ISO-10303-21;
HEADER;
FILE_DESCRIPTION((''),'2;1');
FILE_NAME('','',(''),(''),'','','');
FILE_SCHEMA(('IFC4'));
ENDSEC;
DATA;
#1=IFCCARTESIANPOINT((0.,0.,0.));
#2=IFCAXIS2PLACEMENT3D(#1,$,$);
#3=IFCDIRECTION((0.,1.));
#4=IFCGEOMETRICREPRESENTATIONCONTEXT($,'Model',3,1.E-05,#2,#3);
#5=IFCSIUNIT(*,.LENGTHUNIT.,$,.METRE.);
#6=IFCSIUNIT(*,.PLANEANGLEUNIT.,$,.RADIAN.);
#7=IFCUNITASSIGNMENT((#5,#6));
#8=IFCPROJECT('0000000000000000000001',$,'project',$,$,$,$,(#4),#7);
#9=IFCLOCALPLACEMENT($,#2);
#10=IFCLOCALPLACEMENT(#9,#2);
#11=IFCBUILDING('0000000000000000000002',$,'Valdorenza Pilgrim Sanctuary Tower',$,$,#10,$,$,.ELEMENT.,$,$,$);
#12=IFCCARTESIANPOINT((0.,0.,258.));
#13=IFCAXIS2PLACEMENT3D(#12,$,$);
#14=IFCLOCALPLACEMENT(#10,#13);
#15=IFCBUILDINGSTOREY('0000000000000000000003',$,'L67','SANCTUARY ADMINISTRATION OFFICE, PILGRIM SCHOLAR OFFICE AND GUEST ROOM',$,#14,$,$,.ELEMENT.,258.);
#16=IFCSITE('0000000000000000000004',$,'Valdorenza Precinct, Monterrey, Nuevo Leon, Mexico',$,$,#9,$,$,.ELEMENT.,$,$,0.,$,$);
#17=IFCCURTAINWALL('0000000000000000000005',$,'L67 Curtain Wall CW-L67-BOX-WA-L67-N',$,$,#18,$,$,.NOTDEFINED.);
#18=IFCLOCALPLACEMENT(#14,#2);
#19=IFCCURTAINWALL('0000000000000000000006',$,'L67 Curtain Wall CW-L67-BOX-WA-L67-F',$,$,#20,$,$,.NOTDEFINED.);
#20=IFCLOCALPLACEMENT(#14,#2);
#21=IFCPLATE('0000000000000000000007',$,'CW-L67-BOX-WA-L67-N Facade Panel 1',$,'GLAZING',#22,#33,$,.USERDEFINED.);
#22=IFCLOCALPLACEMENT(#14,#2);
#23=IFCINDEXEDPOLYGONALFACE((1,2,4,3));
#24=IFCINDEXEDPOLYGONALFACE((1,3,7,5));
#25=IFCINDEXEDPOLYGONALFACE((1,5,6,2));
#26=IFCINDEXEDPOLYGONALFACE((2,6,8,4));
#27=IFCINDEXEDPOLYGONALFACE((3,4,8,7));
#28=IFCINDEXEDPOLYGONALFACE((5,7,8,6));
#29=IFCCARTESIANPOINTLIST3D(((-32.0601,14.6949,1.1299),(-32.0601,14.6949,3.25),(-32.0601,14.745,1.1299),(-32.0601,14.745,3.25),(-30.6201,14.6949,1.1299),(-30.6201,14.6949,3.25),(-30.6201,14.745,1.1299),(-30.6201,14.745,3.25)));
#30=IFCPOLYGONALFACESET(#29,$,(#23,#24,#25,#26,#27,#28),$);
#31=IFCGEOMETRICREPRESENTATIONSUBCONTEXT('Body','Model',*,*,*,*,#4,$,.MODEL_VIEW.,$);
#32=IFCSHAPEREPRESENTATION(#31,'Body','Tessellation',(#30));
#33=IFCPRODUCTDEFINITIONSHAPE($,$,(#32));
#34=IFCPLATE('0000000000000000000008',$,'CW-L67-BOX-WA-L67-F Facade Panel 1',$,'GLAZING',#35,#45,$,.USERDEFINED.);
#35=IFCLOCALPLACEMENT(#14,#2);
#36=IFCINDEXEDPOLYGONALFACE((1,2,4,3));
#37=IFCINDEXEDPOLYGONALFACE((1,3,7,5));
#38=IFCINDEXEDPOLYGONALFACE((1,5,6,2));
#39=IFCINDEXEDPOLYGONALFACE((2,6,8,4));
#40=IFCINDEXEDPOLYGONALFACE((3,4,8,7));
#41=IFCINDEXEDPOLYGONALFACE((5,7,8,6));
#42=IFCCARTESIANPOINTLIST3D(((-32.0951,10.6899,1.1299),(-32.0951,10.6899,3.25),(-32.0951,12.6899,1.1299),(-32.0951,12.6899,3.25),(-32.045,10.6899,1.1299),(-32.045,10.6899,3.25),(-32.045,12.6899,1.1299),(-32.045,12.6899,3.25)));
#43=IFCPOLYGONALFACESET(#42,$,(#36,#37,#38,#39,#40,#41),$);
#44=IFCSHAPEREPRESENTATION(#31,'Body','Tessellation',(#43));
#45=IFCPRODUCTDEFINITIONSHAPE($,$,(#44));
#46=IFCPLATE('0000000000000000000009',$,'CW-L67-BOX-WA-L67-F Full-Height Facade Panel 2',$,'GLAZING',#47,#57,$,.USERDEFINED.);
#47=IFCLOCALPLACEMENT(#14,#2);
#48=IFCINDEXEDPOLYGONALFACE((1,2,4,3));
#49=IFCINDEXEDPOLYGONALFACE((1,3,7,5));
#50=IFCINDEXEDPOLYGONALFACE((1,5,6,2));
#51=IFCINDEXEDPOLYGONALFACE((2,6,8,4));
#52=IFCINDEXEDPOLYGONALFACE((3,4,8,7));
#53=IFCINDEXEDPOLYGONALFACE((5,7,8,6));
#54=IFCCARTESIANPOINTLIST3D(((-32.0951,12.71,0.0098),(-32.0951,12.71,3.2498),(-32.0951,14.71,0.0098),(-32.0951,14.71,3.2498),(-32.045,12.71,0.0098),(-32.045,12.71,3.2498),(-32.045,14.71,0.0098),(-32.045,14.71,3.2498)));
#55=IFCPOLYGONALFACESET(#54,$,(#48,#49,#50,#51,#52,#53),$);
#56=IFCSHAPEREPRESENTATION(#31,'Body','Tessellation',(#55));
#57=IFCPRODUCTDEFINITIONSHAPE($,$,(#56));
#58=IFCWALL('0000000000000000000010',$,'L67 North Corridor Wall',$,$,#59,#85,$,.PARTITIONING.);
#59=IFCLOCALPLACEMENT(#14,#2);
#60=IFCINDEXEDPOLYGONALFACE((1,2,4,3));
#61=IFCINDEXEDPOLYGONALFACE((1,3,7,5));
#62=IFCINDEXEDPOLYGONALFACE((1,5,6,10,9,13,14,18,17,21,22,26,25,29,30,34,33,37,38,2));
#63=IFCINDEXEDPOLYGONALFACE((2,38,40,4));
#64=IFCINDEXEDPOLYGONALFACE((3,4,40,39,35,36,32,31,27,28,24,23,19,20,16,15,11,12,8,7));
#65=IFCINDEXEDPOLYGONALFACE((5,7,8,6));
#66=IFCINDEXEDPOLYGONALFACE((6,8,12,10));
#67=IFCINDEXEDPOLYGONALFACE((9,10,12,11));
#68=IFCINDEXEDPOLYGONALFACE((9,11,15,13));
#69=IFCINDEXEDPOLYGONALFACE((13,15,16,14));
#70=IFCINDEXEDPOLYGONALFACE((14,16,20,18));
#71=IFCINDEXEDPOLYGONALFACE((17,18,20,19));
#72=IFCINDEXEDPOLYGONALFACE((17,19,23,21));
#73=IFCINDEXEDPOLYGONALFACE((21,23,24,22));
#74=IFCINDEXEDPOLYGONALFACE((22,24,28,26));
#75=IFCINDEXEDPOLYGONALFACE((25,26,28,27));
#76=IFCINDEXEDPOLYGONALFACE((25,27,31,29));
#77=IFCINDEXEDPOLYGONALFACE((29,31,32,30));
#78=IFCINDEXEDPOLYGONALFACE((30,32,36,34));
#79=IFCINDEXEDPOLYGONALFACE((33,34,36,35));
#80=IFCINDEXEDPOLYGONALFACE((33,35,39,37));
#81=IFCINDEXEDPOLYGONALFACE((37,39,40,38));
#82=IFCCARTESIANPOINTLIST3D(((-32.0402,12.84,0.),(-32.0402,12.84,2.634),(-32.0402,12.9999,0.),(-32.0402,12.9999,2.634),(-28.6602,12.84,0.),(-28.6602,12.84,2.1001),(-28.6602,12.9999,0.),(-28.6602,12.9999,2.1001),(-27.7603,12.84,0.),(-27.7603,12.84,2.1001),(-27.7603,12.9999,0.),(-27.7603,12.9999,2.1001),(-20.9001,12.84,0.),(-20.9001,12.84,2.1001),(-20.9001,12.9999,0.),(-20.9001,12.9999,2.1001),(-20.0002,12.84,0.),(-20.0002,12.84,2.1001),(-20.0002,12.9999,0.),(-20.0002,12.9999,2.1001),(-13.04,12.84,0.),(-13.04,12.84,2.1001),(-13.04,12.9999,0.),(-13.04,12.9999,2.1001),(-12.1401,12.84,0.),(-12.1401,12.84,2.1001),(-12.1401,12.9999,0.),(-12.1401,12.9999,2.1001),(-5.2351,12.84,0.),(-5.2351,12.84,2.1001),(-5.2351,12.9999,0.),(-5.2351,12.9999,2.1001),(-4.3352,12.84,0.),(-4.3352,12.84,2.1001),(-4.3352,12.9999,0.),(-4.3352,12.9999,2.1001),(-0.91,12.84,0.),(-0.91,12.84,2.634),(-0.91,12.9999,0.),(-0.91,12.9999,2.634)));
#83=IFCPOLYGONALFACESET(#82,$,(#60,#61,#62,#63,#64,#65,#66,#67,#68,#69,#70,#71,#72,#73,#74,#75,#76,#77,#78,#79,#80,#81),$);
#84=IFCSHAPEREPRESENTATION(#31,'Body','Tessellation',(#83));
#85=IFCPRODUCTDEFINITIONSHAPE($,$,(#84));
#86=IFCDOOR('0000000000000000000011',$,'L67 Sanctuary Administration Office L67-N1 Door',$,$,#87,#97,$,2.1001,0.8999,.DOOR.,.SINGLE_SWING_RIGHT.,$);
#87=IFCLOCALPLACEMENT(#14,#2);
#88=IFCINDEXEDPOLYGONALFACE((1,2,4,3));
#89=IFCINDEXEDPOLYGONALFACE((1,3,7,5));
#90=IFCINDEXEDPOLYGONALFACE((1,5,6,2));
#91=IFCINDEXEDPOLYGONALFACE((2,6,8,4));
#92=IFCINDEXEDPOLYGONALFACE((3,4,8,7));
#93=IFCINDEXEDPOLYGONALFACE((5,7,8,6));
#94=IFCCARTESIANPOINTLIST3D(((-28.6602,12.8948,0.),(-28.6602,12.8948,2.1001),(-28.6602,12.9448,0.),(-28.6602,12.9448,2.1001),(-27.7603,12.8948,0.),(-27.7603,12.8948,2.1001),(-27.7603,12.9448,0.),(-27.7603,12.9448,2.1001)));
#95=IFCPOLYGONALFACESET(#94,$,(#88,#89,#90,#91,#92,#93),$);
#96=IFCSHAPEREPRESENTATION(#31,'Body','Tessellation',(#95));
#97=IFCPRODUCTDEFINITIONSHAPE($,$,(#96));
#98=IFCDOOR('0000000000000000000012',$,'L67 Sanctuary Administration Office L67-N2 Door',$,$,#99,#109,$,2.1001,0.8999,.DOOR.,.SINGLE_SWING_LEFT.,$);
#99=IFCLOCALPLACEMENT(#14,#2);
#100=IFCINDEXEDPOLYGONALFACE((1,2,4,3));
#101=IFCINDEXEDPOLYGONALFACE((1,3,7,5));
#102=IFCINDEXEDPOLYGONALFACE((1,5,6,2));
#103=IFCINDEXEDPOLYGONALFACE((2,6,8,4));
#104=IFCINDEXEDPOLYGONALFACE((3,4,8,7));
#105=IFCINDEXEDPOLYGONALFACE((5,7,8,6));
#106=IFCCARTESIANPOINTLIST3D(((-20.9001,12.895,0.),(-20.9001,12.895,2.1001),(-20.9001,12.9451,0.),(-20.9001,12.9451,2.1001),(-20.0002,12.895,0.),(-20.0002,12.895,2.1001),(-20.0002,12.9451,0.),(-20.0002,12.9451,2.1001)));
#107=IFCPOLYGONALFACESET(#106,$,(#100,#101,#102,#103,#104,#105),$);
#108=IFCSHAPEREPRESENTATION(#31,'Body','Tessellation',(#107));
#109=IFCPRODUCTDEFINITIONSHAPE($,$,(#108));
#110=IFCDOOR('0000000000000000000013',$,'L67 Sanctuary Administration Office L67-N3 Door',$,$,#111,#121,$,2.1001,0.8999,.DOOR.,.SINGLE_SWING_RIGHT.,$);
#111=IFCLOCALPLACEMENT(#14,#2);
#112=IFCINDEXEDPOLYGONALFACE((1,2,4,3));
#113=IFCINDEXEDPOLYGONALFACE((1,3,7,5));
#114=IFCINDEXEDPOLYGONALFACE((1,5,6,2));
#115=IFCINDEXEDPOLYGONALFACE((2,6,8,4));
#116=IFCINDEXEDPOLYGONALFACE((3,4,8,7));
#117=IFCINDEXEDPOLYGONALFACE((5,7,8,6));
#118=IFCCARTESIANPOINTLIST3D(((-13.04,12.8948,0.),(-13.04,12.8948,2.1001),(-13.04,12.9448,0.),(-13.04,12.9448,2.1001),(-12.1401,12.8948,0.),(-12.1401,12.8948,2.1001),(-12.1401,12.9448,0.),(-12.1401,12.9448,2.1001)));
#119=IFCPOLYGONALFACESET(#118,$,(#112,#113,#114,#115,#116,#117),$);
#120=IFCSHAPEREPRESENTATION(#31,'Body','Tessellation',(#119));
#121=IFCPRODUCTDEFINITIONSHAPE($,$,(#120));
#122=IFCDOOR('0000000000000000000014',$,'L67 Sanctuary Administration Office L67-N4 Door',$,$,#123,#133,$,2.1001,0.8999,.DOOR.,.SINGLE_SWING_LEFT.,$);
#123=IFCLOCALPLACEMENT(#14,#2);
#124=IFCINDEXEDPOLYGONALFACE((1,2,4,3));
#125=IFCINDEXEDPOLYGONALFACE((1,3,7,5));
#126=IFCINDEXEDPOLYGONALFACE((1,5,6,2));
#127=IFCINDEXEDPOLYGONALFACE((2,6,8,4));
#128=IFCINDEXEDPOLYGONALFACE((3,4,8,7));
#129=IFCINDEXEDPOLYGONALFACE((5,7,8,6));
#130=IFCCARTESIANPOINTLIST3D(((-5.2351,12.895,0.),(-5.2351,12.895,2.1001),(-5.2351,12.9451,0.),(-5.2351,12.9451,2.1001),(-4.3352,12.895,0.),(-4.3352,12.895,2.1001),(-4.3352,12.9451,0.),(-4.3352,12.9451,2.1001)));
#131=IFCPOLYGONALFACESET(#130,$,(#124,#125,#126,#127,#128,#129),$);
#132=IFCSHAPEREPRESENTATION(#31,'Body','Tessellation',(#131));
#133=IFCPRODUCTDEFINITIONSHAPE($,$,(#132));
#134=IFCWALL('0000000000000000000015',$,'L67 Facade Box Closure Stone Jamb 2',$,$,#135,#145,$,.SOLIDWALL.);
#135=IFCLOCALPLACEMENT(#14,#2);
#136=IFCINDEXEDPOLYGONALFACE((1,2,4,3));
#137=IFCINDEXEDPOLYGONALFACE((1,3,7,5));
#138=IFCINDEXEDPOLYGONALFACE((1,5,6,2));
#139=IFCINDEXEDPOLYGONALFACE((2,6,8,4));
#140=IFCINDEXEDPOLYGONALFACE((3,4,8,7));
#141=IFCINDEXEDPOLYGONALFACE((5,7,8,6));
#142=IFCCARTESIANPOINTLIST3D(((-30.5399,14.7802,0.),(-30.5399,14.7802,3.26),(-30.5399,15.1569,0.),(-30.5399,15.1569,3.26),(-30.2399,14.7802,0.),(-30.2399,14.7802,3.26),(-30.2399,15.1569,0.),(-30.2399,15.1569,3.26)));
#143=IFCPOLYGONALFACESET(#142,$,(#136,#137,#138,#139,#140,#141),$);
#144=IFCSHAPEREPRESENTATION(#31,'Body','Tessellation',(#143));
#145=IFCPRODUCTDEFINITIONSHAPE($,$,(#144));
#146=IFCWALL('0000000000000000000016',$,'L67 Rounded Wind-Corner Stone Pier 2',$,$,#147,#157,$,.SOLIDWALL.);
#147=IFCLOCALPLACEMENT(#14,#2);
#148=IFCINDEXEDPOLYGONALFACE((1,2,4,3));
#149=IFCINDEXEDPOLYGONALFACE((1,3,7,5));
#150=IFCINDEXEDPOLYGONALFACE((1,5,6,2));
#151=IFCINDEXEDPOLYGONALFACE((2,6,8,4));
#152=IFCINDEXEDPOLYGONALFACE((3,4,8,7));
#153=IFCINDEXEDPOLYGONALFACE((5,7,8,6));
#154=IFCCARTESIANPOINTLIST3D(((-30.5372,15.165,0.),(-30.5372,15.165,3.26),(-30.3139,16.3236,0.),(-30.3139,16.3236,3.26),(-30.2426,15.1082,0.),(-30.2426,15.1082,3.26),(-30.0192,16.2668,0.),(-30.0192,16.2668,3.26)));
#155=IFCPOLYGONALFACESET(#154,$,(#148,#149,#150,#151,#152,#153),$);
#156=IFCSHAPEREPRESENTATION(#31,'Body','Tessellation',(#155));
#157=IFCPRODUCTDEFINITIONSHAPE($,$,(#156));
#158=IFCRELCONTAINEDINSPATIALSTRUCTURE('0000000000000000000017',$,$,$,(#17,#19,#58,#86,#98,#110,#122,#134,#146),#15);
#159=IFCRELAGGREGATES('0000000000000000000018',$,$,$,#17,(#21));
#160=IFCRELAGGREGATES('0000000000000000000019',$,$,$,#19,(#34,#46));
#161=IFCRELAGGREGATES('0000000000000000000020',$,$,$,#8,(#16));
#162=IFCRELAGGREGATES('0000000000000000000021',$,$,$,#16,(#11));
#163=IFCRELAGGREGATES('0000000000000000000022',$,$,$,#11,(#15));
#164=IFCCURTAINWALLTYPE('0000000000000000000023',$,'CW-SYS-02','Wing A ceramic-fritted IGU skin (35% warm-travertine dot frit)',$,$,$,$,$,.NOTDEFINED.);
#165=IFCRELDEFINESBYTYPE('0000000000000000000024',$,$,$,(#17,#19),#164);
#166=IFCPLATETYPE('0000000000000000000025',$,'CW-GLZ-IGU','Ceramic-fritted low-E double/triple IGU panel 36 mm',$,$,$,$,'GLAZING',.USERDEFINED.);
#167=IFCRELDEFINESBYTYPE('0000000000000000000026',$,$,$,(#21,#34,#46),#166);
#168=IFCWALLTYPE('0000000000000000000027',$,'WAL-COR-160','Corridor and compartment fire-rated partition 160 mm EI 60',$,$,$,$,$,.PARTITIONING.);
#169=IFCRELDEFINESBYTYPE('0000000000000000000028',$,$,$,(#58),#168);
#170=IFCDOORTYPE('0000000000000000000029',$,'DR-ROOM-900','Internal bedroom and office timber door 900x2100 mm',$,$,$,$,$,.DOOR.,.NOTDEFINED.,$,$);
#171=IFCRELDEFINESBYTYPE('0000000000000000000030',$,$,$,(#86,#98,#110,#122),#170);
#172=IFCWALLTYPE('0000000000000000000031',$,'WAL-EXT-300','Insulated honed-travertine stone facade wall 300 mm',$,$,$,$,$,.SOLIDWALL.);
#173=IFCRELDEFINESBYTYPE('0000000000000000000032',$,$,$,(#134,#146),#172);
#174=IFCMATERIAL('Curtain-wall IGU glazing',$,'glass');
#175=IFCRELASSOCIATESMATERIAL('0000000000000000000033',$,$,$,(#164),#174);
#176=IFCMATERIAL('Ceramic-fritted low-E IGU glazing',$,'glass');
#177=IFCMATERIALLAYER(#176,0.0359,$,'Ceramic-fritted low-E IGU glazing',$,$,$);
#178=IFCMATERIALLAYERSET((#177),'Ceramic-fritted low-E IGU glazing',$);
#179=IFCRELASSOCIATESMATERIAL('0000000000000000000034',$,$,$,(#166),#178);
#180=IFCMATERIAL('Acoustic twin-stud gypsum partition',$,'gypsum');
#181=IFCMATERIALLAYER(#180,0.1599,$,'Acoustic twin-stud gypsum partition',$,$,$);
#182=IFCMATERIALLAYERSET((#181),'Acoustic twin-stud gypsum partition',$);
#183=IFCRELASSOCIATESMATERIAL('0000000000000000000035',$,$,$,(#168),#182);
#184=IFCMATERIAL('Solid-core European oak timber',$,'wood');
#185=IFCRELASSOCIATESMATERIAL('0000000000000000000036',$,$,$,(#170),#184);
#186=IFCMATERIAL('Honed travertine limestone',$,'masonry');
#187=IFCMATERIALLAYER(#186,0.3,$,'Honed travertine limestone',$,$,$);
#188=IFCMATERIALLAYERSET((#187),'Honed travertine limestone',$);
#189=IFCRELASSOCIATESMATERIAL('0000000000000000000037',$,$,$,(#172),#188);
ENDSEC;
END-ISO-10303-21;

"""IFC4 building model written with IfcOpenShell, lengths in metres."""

from ifc_helpers import new_model, si_unit, direction, frame, frame_2d, origin, origin_2d, place, context, subcontext, project, spatial, rectangle, extrude, source, transform, mapped, material, layer, layer_set, type_object, element, fill, aggregate, save


model = new_model("IFC4")

# Units and contexts
model_context = context("Model", 3, precision=1e-05, world=origin(), true_north=direction((0.0, 1.0)))
body_context = subcontext(model_context, "Body", "Model", "MODEL_VIEW")
ifc_project = project(units=[si_unit("LENGTHUNIT", "METRE"), si_unit("PLANEANGLEUNIT", "RADIAN")], contexts=[model_context])

# Site, building, storey
site_placement = place(None, origin())
site = spatial("IfcSite", under=ifc_project, at=site_placement, Name="Valdorenza Precinct, Monterrey, Nuevo Leon, Mexico", CompositionType="ELEMENT", RefElevation=0.0)
building_placement = place(site_placement, origin())
building = spatial("IfcBuilding", under=site, at=building_placement, Name="Valdorenza Pilgrim Sanctuary Tower", CompositionType="ELEMENT")
storey_placement = place(building_placement, frame((0.0, 0.0, 258.0)))
storey = spatial("IfcBuildingStorey", under=building, at=storey_placement, Name="L67", Description="SANCTUARY ADMINISTRATION OFFICE, PILGRIM SCHOLAR OFFICE AND GUEST ROOM", CompositionType="ELEMENT", Elevation=258.0)

# Curtain wall
ifc_material_1 = material(Name="Curtain-wall IGU glazing", Category="glass")
curtain_wall_type = type_object("IfcCurtainWallType", Name="CW-SYS-02", Description="Wing A ceramic-fritted IGU skin (35% warm-travertine dot frit)", PredefinedType="NOTDEFINED", material=ifc_material_1)
curtain_wall_1_placement = place(storey_placement, origin())
curtain_wall_1 = element("IfcCurtainWall", 1, at=curtain_wall_1_placement, inside=storey, type_object=curtain_wall_type, Name="L67 Curtain Wall CW-L67-BOX-WA-L67-N", PredefinedType="NOTDEFINED")

# Curtain wall
curtain_wall_2_placement = place(storey_placement, origin())
curtain_wall_2 = element("IfcCurtainWall", 2, at=curtain_wall_2_placement, inside=storey, type_object=curtain_wall_type, Name="L67 Curtain Wall CW-L67-BOX-WA-L67-F", PredefinedType="NOTDEFINED")

# Plates
ifc_material_2 = material(Name="Honed travertine limestone", Category="masonry")
ifc_material_3 = material(Name="Ceramic-fritted low-E IGU glazing", Category="glass")
ifc_layer_1 = layer(ifc_material_3, 0.0359, Name="Ceramic-fritted low-E IGU glazing")
ifc_layer_set_1 = layer_set([ifc_layer_1], Name="Ceramic-fritted low-E IGU glazing")
plate_type_1 = type_object("IfcPlateType", Name="CW-GLZ-IGU", Description="Ceramic-fritted low-E double/triple IGU panel 36 mm", ElementType="GLAZING", PredefinedType="USERDEFINED", material=ifc_layer_set_1)
shared_shape_1 = source(origin(), body_context, "Body", "SweptSolid", [
    extrude(rectangle(XDim=1.4399, YDim=0.05, at=origin_2d()), origin(), (0.0, 0.0, 1.0), 2.1201),
])
plate_1_placement = place(storey_placement, frame((-31.3401, 14.72, 1.1299), z_axis=(0.0, 0.0, 1.0), x_axis=(1.0, 0.0, 0.0)))
plate_1 = element("IfcPlate", 3, at=plate_1_placement, type_object=plate_type_1, Name="CW-L67-BOX-WA-L67-N Facade Panel 1", ObjectType="GLAZING", PredefinedType="USERDEFINED", context=body_context, shape_type="MappedRepresentation", body=[
    mapped(shared_shape_1, transform((0.0, 0.0, 0.0), x_axis=(1.0, 0.0, 0.0), y_axis=(0.0, 1.0, 0.0), z_axis=(0.0, 0.0, 1.0), scale=1.0)),
])
aggregate(curtain_wall_1, [plate_1])
shared_shape_2 = source(origin(), body_context, "Body", "SweptSolid", [
    extrude(rectangle(XDim=2.0, YDim=0.05, at=origin_2d()), origin(), (0.0, 0.0, 1.0), 2.1201),
])
plate_2_placement = place(storey_placement, frame((-32.0701, 11.6899, 1.1299), z_axis=(0.0, 0.0, 1.0), x_axis=(0.0, 1.0, 0.0)))
plate_2 = element("IfcPlate", 4, at=plate_2_placement, type_object=plate_type_1, Name="CW-L67-BOX-WA-L67-F Facade Panel 1", ObjectType="GLAZING", PredefinedType="USERDEFINED", context=body_context, shape_type="MappedRepresentation", body=[
    mapped(shared_shape_2, transform((0.0, 0.0, 0.0), x_axis=(1.0, 0.0, 0.0), y_axis=(0.0, 1.0, 0.0), z_axis=(0.0, 0.0, 1.0), scale=1.0)),
])
shared_shape_3 = source(origin(), body_context, "Body", "SweptSolid", [
    extrude(rectangle(XDim=2.0, YDim=0.05, at=origin_2d()), origin(), (0.0, 0.0, 1.0), 3.24),
])
plate_3_placement = place(storey_placement, frame((-32.0701, 13.71, 0.0098), z_axis=(0.0, 0.0, 1.0), x_axis=(0.0, 1.0, 0.0)))
plate_3 = element("IfcPlate", 5, at=plate_3_placement, type_object=plate_type_1, Name="CW-L67-BOX-WA-L67-F Full-Height Facade Panel 2", ObjectType="GLAZING", PredefinedType="USERDEFINED", context=body_context, shape_type="MappedRepresentation", body=[
    mapped(shared_shape_3, transform((0.0, 0.0, 0.0), x_axis=(1.0, 0.0, 0.0), y_axis=(0.0, 1.0, 0.0), z_axis=(0.0, 0.0, 1.0), scale=1.0)),
])
aggregate(curtain_wall_2, [plate_2, plate_3])

# Wall, openings, doors
ifc_material_4 = material(Name="Acoustic twin-stud gypsum partition", Category="gypsum")
ifc_layer_2 = layer(ifc_material_4, 0.1599, Name="Acoustic twin-stud gypsum partition")
ifc_layer_set_2 = layer_set([ifc_layer_2], Name="Acoustic twin-stud gypsum partition")
wall_type_1 = type_object("IfcWallType", Name="WAL-COR-160", Description="Corridor and compartment fire-rated partition 160 mm EI 60", PredefinedType="PARTITIONING", material=ifc_layer_set_2)
wall_1_placement = place(storey_placement, frame((-32.04, 12.9199, 0.0), z_axis=(0.0, 0.0, 1.0), x_axis=(1.0, 0.0, 0.0)))
wall_1 = element("IfcWall", 6, at=wall_1_placement, inside=storey, type_object=wall_type_1, Name="L67 North Corridor Wall", PredefinedType="PARTITIONING", context=body_context, shape_type="SweptSolid", body=[
    extrude(rectangle(XDim=31.1301, YDim=0.1599, at=frame_2d((15.5649, 0.0))), origin(), (0.0, 0.0, 1.0), 2.634),
])
opening_1_placement = place(wall_1_placement, frame((3.3799, 0.0, 0.0)))
opening_1 = element("IfcOpeningElement", 7, at=opening_1_placement, cuts=wall_1, PredefinedType="OPENING", context=body_context, shape_type="SweptSolid", body=[
    extrude(rectangle(XDim=0.8999, YDim=2.1001, at=frame_2d((0.45, 1.05))), frame((0.0, 0.0947, 0.0), z_axis=(0.0, -1.0, 0.0), x_axis=(1.0, 0.0, 0.0)), (0.0, 0.0, 1.0), 0.1897),
])
opening_2_placement = place(wall_1_placement, frame((11.1399, 0.0, 0.0)))
opening_2 = element("IfcOpeningElement", 8, at=opening_2_placement, cuts=wall_1, PredefinedType="OPENING", context=body_context, shape_type="SweptSolid", body=[
    extrude(rectangle(XDim=0.8999, YDim=2.1001, at=frame_2d((0.45, 1.05))), frame((0.0, 0.0947, 0.0), z_axis=(0.0, -1.0, 0.0), x_axis=(1.0, 0.0, 0.0)), (0.0, 0.0, 1.0), 0.1897),
])
opening_3_placement = place(wall_1_placement, frame((19.0, 0.0, 0.0)))
opening_3 = element("IfcOpeningElement", 9, at=opening_3_placement, cuts=wall_1, PredefinedType="OPENING", context=body_context, shape_type="SweptSolid", body=[
    extrude(rectangle(XDim=0.8999, YDim=2.1001, at=frame_2d((0.45, 1.05))), frame((0.0, 0.0947, 0.0), z_axis=(0.0, -1.0, 0.0), x_axis=(1.0, 0.0, 0.0)), (0.0, 0.0, 1.0), 0.1897),
])
opening_4_placement = place(wall_1_placement, frame((26.8049, 0.0, 0.0)))
opening_4 = element("IfcOpeningElement", 10, at=opening_4_placement, cuts=wall_1, PredefinedType="OPENING", context=body_context, shape_type="SweptSolid", body=[
    extrude(rectangle(XDim=0.8999, YDim=2.1001, at=frame_2d((0.45, 1.05))), frame((0.0, 0.0947, 0.0), z_axis=(0.0, -1.0, 0.0), x_axis=(1.0, 0.0, 0.0)), (0.0, 0.0, 1.0), 0.1897),
])
ifc_material_5 = material(Name="Solid-core European oak timber", Category="wood")
door_type = type_object("IfcDoorType", Name="DR-ROOM-900", Description="Internal bedroom and office timber door 900x2100 mm", OperationType="NOTDEFINED", PredefinedType="DOOR", material=ifc_material_5)
door_1_placement = place(opening_1_placement, origin())
door_1 = element("IfcDoor", 11, at=door_1_placement, inside=storey, type_object=door_type, Name="L67 Sanctuary Administration Office L67-N1 Door", OperationType="SINGLE_SWING_RIGHT", OverallHeight=2.1001, OverallWidth=0.8999, PredefinedType="DOOR", context=body_context, shape_type="SweptSolid", body=[
    extrude(rectangle(XDim=0.8999, YDim=2.1001, at=frame_2d((0.45, 1.05))), frame((0.0, 0.0249, 0.0), z_axis=(0.0, -1.0, 0.0), x_axis=(1.0, 0.0, 0.0)), (0.0, 0.0, 1.0), 0.05),
])
fill(opening_1, door_1)
door_2_placement = place(opening_2_placement, frame((0.8999, 0.0, 0.0), z_axis=(0.0, 0.0, 1.0), x_axis=(-1.0, 0.0, 0.0)))
door_2 = element("IfcDoor", 12, at=door_2_placement, inside=storey, type_object=door_type, Name="L67 Sanctuary Administration Office L67-N2 Door", OperationType="SINGLE_SWING_LEFT", OverallHeight=2.1001, OverallWidth=0.8999, PredefinedType="DOOR", context=body_context, shape_type="SweptSolid", body=[
    extrude(rectangle(XDim=0.8999, YDim=2.1001, at=frame_2d((0.45, 1.05))), frame((0.0, 0.0249, 0.0), z_axis=(0.0, -1.0, 0.0), x_axis=(1.0, 0.0, 0.0)), (0.0, 0.0, 1.0), 0.05),
])
fill(opening_2, door_2)
door_3_placement = place(opening_3_placement, origin())
door_3 = element("IfcDoor", 13, at=door_3_placement, inside=storey, type_object=door_type, Name="L67 Sanctuary Administration Office L67-N3 Door", OperationType="SINGLE_SWING_RIGHT", OverallHeight=2.1001, OverallWidth=0.8999, PredefinedType="DOOR", context=body_context, shape_type="SweptSolid", body=[
    extrude(rectangle(XDim=0.8999, YDim=2.1001, at=frame_2d((0.45, 1.05))), frame((0.0, 0.0249, 0.0), z_axis=(0.0, -1.0, 0.0), x_axis=(1.0, 0.0, 0.0)), (0.0, 0.0, 1.0), 0.05),
])
fill(opening_3, door_3)
door_4_placement = place(opening_4_placement, frame((0.8999, 0.0, 0.0), z_axis=(0.0, 0.0, 1.0), x_axis=(-1.0, 0.0, 0.0)))
door_4 = element("IfcDoor", 14, at=door_4_placement, inside=storey, type_object=door_type, Name="L67 Sanctuary Administration Office L67-N4 Door", OperationType="SINGLE_SWING_LEFT", OverallHeight=2.1001, OverallWidth=0.8999, PredefinedType="DOOR", context=body_context, shape_type="SweptSolid", body=[
    extrude(rectangle(XDim=0.8999, YDim=2.1001, at=frame_2d((0.45, 1.05))), frame((0.0, 0.0249, 0.0), z_axis=(0.0, -1.0, 0.0), x_axis=(1.0, 0.0, 0.0)), (0.0, 0.0, 1.0), 0.05),
])
fill(opening_4, door_4)

# Walls
ifc_layer_3 = layer(ifc_material_2, 0.3, Name="Honed travertine limestone")
ifc_layer_set_3 = layer_set([ifc_layer_3], Name="Honed travertine limestone")
wall_type_2 = type_object("IfcWallType", Name="WAL-EXT-300", Description="Insulated honed-travertine stone facade wall 300 mm", PredefinedType="SOLIDWALL", material=ifc_layer_set_3)
wall_2_placement = place(storey_placement, frame((-30.3899, 14.78, 0.0), z_axis=(0.0, 0.0, 1.0), x_axis=(0.0, 1.0, 0.0)))
element("IfcWall", 15, at=wall_2_placement, inside=storey, type_object=wall_type_2, Name="L67 Facade Box Closure Stone Jamb 2", PredefinedType="SOLIDWALL", context=body_context, shape_type="SweptSolid", body=[
    extrude(rectangle(XDim=0.3767, YDim=0.3, at=frame_2d((0.1885, 0.0))), origin(), (0.0, 0.0, 1.0), 3.26),
])
wall_3_placement = place(storey_placement, frame((-30.3899, 15.1367, 0.0), z_axis=(0.0, 0.0, 1.0), x_axis=(0.189308, 0.981918, 0.0)))
element("IfcWall", 16, at=wall_3_placement, inside=storey, type_object=wall_type_2, Name="L67 Rounded Wind-Corner Stone Pier 2", PredefinedType="SOLIDWALL", context=body_context, shape_type="SweptSolid", body=[
    extrude(rectangle(XDim=1.1799, YDim=0.3, at=frame_2d((0.5898, 0.0))), origin(), (0.0, 0.0, 1.0), 3.26),
])

save(model, "model.ifc")
